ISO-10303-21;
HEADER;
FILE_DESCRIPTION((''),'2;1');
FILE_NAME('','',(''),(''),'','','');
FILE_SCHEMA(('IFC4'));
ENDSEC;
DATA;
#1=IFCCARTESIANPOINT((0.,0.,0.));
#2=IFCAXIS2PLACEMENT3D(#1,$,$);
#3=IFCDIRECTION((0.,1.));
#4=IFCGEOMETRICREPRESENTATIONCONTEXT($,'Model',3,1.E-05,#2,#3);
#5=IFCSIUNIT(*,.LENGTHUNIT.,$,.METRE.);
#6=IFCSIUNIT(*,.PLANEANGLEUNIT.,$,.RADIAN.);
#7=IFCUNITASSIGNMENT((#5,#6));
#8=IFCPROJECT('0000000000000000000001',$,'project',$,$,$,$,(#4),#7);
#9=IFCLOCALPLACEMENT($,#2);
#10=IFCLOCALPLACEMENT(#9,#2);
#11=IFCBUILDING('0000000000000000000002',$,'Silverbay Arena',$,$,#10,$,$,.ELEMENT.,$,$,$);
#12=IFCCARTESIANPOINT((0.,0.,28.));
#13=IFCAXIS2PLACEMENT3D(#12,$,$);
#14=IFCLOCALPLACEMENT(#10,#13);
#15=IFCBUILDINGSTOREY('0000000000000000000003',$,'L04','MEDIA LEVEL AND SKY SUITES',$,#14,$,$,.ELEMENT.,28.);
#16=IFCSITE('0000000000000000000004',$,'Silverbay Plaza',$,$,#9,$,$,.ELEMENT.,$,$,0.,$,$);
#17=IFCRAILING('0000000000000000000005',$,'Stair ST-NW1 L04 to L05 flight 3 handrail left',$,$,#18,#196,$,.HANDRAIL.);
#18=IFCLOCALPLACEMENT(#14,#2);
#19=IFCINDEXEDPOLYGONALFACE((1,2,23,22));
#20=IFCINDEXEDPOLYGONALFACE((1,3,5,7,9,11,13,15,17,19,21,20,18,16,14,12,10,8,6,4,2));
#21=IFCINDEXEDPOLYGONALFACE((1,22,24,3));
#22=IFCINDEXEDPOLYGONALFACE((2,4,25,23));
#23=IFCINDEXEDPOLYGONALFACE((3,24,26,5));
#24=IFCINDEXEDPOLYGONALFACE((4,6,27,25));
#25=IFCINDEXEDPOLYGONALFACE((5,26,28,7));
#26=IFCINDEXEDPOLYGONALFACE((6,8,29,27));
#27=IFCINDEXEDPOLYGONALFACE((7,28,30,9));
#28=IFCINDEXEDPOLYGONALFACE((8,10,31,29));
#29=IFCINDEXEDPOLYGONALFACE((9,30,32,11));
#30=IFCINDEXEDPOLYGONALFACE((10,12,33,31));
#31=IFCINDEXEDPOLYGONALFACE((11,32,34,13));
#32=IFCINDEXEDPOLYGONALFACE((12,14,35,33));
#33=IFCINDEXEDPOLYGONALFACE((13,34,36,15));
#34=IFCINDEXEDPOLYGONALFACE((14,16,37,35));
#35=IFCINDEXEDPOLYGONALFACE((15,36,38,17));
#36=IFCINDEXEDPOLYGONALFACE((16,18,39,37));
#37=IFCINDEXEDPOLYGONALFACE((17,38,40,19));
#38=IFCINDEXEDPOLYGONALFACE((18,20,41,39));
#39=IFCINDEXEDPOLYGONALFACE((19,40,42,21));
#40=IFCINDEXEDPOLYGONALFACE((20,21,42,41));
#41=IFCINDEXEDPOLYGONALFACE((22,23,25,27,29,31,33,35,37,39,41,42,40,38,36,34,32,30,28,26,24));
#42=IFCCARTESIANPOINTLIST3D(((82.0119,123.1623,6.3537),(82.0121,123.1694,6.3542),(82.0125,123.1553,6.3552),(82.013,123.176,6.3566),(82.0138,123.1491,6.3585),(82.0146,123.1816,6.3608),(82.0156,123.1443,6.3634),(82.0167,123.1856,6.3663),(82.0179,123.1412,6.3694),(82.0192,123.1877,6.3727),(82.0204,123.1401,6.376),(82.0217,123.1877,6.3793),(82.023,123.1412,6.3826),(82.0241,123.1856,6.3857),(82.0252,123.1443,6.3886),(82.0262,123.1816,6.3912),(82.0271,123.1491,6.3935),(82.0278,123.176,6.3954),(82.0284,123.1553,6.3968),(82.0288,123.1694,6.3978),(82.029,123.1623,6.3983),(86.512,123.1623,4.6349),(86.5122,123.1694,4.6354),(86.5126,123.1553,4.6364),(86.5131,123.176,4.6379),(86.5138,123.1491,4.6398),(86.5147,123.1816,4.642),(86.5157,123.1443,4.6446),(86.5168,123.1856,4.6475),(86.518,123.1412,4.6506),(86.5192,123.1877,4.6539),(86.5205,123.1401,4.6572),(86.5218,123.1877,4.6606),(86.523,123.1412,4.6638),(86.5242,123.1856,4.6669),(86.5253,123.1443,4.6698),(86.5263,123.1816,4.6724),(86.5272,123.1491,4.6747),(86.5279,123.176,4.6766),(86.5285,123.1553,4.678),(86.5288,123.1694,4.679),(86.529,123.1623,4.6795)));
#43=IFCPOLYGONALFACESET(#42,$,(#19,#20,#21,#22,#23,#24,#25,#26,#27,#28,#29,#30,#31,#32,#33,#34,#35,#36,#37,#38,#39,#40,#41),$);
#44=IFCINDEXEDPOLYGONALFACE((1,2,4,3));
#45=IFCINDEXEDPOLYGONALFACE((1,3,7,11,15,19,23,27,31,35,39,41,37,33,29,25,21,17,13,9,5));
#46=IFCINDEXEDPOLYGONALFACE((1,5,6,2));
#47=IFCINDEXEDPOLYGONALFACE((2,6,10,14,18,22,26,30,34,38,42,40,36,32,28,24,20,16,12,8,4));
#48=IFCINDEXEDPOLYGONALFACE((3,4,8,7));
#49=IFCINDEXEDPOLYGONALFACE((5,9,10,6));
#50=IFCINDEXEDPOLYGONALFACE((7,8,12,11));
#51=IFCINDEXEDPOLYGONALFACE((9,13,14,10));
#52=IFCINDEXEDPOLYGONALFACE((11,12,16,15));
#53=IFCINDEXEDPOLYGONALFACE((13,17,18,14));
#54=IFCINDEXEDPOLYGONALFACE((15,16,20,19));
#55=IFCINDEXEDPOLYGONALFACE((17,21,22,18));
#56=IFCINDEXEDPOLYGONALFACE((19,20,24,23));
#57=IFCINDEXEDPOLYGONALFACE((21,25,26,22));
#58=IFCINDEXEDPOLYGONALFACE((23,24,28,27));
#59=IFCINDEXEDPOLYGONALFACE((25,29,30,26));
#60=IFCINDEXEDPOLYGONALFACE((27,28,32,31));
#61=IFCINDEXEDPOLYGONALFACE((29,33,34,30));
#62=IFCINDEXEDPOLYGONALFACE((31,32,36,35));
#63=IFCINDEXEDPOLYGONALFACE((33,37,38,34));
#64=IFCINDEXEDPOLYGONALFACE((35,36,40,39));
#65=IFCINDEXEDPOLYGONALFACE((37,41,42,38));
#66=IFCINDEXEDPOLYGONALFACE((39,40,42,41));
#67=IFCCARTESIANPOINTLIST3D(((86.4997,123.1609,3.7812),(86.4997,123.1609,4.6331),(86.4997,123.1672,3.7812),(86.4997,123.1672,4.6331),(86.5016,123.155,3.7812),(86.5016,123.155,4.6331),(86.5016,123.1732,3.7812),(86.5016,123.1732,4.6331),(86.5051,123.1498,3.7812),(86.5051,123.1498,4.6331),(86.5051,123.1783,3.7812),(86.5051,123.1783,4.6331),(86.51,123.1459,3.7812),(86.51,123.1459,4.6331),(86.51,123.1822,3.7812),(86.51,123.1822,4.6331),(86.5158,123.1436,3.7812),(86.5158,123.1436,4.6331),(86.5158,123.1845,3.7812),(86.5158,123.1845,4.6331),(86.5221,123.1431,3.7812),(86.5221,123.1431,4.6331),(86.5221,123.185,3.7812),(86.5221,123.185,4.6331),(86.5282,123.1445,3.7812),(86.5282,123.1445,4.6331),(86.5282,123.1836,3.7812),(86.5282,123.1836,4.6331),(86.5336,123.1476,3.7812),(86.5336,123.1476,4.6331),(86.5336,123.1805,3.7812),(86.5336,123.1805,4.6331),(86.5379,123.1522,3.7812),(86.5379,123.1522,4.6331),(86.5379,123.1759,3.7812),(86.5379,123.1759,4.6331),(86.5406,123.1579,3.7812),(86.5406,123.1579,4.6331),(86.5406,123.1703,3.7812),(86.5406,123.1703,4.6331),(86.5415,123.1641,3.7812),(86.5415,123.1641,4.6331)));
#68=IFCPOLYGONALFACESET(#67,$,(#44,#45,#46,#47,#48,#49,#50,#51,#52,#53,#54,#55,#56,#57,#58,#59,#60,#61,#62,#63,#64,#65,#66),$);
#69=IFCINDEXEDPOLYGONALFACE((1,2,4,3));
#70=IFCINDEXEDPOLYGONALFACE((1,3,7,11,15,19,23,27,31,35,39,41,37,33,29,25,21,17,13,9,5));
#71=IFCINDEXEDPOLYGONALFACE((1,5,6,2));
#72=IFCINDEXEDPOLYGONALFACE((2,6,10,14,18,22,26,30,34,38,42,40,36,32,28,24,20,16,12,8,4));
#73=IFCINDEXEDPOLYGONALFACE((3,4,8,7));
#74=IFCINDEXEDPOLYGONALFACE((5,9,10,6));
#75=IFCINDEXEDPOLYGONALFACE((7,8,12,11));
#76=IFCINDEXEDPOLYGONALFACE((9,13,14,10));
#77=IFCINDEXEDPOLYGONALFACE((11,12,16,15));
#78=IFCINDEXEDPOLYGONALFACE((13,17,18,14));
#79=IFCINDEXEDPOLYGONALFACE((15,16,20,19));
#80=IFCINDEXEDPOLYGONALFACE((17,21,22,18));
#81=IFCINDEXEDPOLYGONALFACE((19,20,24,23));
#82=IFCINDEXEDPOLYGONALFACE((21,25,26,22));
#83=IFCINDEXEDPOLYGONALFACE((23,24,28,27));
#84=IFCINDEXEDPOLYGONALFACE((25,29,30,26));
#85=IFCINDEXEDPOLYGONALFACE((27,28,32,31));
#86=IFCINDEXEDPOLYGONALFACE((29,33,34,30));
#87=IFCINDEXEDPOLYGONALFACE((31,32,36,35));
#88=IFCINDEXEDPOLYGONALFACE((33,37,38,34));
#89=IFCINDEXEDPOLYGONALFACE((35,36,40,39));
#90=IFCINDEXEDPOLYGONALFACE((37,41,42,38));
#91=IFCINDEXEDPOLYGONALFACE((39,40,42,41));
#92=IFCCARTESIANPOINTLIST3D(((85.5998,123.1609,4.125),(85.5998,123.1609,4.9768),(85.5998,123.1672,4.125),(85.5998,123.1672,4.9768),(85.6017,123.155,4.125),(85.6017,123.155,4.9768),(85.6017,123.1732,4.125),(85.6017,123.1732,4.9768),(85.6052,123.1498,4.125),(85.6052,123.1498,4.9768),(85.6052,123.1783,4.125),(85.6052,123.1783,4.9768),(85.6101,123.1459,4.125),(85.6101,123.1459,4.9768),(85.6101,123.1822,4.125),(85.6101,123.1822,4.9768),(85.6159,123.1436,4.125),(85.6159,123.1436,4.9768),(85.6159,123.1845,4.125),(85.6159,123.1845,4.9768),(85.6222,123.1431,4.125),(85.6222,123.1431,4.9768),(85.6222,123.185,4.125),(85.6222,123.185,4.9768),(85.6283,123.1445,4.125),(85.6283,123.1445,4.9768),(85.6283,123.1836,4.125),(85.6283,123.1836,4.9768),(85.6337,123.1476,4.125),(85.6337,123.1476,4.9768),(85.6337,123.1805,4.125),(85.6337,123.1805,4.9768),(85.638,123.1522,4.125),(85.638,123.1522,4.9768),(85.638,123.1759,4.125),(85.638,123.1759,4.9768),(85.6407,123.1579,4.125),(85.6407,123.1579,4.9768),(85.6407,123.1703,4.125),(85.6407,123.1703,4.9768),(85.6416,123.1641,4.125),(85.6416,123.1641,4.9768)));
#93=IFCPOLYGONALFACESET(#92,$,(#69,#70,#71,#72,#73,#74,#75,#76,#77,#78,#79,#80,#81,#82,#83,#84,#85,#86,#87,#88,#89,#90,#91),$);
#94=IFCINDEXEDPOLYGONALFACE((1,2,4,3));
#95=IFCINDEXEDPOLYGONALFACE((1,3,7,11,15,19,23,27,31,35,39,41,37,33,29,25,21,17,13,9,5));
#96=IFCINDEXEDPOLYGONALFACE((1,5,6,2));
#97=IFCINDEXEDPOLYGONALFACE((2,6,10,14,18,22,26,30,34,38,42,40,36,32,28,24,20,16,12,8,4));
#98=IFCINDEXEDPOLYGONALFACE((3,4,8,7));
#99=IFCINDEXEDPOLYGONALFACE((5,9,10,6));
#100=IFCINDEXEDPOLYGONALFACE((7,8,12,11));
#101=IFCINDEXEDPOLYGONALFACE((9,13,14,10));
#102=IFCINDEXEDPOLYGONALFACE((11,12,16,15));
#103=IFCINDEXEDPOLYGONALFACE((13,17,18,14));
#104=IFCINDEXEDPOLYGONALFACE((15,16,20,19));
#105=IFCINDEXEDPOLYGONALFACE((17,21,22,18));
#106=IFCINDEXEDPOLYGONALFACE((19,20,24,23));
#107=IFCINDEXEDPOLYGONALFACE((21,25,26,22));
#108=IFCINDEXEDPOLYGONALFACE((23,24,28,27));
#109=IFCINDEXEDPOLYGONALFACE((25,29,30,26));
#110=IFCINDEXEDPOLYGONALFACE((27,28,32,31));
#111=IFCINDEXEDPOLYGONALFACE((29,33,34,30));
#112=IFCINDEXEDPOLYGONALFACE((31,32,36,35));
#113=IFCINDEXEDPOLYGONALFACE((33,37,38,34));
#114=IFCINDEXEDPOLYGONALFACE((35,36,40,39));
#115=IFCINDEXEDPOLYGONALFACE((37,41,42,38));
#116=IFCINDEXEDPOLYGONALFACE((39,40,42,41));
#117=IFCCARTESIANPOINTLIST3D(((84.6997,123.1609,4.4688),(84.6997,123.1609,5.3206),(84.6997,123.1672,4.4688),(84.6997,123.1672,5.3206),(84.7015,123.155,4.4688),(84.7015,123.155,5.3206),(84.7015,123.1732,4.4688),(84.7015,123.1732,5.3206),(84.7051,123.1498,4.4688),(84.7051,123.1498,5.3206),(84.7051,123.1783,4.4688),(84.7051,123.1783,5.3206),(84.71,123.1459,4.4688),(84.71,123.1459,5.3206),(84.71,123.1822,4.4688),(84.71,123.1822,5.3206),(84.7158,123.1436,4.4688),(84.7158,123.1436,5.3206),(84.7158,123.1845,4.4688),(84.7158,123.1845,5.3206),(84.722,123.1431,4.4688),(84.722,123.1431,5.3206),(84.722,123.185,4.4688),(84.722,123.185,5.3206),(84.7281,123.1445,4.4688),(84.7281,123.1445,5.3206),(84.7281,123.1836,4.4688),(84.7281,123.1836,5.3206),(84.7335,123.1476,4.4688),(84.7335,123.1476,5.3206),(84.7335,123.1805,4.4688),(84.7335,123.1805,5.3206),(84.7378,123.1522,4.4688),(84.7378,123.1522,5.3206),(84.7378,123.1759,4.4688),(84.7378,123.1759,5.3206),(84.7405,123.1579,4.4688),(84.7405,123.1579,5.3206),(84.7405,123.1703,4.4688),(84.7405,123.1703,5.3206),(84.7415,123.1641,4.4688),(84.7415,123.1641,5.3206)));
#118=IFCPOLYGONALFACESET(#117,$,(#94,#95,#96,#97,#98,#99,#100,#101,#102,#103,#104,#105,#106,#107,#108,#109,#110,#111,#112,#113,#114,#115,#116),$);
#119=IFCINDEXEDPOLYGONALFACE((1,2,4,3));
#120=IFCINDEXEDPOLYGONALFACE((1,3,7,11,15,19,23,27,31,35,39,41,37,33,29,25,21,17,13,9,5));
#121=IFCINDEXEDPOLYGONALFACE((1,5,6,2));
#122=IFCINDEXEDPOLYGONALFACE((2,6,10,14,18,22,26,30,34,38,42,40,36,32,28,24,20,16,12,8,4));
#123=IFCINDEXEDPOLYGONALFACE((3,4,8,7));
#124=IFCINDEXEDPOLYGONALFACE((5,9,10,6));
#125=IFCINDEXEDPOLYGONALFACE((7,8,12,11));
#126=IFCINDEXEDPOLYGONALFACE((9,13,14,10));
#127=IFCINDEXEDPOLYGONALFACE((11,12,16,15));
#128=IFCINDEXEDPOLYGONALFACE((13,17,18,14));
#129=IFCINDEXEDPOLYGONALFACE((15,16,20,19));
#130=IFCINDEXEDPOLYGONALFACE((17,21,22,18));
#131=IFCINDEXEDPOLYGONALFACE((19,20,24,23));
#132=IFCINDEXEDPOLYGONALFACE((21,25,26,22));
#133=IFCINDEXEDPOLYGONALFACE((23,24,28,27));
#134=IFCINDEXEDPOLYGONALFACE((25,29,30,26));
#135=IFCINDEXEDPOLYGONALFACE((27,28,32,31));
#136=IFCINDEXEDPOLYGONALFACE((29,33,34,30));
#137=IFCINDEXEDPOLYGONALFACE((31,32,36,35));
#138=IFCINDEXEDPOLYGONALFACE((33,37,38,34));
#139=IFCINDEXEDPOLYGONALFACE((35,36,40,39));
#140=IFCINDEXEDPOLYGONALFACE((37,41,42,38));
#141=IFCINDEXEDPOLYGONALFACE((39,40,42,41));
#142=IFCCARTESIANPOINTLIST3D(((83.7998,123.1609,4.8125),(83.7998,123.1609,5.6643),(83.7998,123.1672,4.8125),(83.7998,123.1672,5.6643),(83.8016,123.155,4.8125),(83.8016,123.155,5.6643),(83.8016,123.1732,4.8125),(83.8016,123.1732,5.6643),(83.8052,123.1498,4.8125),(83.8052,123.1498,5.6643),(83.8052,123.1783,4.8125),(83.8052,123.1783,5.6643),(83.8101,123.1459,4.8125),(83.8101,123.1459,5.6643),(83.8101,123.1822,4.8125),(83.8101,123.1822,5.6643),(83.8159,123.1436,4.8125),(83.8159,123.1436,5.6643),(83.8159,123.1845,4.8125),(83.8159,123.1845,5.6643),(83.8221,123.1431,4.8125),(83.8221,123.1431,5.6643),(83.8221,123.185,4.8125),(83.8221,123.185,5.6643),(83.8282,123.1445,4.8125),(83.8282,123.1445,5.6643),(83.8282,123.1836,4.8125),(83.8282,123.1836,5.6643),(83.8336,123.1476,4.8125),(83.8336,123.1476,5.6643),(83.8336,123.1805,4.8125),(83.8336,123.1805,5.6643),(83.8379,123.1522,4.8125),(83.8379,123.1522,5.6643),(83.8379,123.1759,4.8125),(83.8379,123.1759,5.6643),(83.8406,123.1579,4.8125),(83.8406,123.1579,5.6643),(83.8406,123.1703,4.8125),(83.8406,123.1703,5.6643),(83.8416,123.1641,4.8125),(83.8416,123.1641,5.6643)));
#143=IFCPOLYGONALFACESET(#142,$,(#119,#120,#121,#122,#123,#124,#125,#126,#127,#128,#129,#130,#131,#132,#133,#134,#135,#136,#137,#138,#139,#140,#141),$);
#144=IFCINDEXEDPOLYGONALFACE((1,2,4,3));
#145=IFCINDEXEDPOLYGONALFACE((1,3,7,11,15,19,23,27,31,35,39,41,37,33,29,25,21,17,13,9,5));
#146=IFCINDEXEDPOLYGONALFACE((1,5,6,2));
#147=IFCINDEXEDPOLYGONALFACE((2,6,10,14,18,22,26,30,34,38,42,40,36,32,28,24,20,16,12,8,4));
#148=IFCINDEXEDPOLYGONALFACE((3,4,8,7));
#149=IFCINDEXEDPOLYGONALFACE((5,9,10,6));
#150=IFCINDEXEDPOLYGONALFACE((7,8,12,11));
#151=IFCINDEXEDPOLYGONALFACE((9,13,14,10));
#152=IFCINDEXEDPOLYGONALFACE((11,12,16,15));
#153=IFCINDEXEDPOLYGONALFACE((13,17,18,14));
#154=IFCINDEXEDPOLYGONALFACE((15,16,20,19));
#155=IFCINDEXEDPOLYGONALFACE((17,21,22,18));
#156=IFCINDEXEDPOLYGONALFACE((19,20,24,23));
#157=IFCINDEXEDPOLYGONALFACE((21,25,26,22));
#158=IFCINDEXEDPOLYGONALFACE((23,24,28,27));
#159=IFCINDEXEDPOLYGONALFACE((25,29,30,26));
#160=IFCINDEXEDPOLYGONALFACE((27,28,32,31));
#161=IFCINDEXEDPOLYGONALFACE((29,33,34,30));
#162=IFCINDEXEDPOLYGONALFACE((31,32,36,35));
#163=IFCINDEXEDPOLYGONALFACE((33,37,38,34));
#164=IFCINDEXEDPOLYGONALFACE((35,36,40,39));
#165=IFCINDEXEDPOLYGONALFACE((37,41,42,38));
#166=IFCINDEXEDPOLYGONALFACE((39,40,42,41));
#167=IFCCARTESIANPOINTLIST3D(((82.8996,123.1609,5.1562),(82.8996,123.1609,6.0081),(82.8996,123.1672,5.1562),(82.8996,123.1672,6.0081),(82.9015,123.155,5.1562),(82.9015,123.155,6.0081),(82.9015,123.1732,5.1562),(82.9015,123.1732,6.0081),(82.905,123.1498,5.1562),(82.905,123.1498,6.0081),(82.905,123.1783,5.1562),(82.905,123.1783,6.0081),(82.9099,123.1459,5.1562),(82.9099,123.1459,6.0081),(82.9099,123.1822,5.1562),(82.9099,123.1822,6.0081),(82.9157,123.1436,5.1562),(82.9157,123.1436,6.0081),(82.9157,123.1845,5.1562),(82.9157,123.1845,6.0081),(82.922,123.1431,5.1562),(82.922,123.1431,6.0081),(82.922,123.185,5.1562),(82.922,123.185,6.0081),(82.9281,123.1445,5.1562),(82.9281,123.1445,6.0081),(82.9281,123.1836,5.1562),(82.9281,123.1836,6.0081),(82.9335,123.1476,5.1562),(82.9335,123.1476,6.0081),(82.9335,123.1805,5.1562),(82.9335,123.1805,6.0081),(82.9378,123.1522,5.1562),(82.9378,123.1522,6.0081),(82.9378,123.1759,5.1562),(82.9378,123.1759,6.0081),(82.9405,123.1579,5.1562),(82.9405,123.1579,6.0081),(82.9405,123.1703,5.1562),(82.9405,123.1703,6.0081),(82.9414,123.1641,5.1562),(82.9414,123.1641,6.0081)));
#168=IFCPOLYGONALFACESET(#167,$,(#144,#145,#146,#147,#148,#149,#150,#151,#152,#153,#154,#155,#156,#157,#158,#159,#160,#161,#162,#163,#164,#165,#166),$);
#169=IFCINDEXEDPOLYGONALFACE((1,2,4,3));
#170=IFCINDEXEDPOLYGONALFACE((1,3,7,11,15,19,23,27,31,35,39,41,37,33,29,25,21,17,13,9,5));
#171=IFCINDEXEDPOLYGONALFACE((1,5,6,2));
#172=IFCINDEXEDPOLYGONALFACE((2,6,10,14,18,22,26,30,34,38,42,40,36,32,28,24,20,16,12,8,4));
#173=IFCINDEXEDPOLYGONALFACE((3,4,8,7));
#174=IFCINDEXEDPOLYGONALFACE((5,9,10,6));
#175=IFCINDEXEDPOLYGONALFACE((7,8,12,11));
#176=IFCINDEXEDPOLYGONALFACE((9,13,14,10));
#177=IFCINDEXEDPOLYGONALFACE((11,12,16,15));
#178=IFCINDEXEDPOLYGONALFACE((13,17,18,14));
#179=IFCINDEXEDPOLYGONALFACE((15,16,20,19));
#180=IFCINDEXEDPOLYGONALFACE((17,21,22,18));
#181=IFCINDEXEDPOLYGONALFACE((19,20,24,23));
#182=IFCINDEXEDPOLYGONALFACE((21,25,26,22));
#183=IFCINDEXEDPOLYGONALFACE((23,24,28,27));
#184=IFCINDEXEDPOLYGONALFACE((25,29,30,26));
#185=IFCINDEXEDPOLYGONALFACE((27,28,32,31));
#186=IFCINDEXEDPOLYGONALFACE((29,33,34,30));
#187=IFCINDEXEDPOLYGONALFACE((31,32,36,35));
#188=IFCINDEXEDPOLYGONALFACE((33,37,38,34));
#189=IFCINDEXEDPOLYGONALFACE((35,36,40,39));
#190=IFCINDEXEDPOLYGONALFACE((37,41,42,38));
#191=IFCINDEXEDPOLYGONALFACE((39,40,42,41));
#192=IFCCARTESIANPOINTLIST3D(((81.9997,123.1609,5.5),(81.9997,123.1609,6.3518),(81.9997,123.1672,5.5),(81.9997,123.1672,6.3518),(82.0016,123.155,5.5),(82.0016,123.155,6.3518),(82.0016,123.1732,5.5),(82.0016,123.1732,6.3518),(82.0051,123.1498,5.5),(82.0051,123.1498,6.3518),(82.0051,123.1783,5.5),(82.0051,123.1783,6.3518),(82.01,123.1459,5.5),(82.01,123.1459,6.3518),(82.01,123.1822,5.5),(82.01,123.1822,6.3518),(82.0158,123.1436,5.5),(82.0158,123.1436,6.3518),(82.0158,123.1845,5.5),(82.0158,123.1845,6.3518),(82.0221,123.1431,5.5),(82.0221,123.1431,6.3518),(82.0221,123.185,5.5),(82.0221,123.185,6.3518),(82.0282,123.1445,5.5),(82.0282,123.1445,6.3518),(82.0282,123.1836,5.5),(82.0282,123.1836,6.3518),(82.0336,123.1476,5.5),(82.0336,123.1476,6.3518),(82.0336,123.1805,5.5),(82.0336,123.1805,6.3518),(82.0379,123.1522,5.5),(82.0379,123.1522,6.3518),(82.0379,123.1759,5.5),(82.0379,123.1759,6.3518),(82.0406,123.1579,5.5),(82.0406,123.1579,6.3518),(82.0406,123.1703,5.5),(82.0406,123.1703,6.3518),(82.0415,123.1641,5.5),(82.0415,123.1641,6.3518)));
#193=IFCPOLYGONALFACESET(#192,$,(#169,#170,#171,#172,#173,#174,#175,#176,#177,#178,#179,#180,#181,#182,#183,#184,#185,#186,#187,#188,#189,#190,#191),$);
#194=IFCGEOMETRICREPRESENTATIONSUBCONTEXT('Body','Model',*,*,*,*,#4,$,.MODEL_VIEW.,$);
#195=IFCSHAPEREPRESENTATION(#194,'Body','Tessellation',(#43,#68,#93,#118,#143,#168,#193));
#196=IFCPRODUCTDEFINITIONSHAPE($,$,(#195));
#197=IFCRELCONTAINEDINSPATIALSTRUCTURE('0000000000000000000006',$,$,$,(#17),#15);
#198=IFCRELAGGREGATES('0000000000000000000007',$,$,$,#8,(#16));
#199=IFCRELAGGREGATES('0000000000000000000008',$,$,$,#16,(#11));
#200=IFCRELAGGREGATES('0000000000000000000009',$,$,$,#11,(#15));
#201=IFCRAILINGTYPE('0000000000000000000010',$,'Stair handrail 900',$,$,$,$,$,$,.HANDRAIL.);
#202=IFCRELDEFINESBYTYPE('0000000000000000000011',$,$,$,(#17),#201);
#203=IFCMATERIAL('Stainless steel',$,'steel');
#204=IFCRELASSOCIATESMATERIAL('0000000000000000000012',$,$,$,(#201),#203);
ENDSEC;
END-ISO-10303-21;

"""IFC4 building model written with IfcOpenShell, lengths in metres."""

from ifc_helpers import new_model, si_unit, direction, frame, origin, origin_2d, place, context, subcontext, project, spatial, circle, extrude, material, type_object, element, save


model = new_model("IFC4")

# Units and contexts
model_context = context("Model", 3, precision=1e-05, world=origin(), true_north=direction((0.0, 1.0)))
body_context = subcontext(model_context, "Body", "Model", "MODEL_VIEW")
ifc_project = project(units=[si_unit("LENGTHUNIT", "METRE"), si_unit("PLANEANGLEUNIT", "RADIAN")], contexts=[model_context])

# Site, building, storey
site_placement = place(None, origin())
site = spatial("IfcSite", under=ifc_project, at=site_placement, Name="Silverbay Plaza", CompositionType="ELEMENT", RefElevation=0.0)
building_placement = place(site_placement, origin())
building = spatial("IfcBuilding", under=site, at=building_placement, Name="Silverbay Arena", CompositionType="ELEMENT")
storey_placement = place(building_placement, frame((0.0, 0.0, 28.0)))
storey = spatial("IfcBuildingStorey", under=building, at=storey_placement, Name="L04", Description="MEDIA LEVEL AND SKY SUITES", CompositionType="ELEMENT", Elevation=28.0)

# Railing
ifc_material_1 = material(Name="Stainless steel", Category="steel")
railing_type_1 = type_object("IfcRailingType", Name="Stair handrail 900", PredefinedType="HANDRAIL", material=ifc_material_1)
railing_1_placement = place(storey_placement, frame((86.5205, 123.1641, 3.7812)))
element("IfcRailing", 1, at=railing_1_placement, inside=storey, type_object=railing_type_1, Name="Stair ST-NW1 L04 to L05 flight 3 handrail left", PredefinedType="HANDRAIL", context=body_context, shape_type="SweptSolid", body=[
    extrude(circle(Radius=0.0239, at=origin_2d()), frame((0.0, 0.0, 0.876), z_axis=(-0.934179, 0.0, 0.356805), x_axis=(0.0, -1.0, 0.0)), (0.0, 0.0, 1.0), 4.8171),
    extrude(circle(Radius=0.021, at=origin_2d()), origin(), (0.0, 0.0, 1.0), 0.8518),
    extrude(circle(Radius=0.021, at=origin_2d()), frame((-0.8999, 0.0, 0.3438)), (0.0, 0.0, 1.0), 0.8518),
    extrude(circle(Radius=0.021, at=origin_2d()), frame((-1.8, 0.0, 0.6875)), (0.0, 0.0, 1.0), 0.8518),
    extrude(circle(Radius=0.021, at=origin_2d()), frame((-2.7, 0.0, 1.0312)), (0.0, 0.0, 1.0), 0.8518),
    extrude(circle(Radius=0.021, at=origin_2d()), frame((-3.6001, 0.0, 1.375)), (0.0, 0.0, 1.0), 0.8518),
    extrude(circle(Radius=0.021, at=origin_2d()), frame((-4.5, 0.0, 1.7188)), (0.0, 0.0, 1.0), 0.8518),
])

save(model, "model.ifc")
